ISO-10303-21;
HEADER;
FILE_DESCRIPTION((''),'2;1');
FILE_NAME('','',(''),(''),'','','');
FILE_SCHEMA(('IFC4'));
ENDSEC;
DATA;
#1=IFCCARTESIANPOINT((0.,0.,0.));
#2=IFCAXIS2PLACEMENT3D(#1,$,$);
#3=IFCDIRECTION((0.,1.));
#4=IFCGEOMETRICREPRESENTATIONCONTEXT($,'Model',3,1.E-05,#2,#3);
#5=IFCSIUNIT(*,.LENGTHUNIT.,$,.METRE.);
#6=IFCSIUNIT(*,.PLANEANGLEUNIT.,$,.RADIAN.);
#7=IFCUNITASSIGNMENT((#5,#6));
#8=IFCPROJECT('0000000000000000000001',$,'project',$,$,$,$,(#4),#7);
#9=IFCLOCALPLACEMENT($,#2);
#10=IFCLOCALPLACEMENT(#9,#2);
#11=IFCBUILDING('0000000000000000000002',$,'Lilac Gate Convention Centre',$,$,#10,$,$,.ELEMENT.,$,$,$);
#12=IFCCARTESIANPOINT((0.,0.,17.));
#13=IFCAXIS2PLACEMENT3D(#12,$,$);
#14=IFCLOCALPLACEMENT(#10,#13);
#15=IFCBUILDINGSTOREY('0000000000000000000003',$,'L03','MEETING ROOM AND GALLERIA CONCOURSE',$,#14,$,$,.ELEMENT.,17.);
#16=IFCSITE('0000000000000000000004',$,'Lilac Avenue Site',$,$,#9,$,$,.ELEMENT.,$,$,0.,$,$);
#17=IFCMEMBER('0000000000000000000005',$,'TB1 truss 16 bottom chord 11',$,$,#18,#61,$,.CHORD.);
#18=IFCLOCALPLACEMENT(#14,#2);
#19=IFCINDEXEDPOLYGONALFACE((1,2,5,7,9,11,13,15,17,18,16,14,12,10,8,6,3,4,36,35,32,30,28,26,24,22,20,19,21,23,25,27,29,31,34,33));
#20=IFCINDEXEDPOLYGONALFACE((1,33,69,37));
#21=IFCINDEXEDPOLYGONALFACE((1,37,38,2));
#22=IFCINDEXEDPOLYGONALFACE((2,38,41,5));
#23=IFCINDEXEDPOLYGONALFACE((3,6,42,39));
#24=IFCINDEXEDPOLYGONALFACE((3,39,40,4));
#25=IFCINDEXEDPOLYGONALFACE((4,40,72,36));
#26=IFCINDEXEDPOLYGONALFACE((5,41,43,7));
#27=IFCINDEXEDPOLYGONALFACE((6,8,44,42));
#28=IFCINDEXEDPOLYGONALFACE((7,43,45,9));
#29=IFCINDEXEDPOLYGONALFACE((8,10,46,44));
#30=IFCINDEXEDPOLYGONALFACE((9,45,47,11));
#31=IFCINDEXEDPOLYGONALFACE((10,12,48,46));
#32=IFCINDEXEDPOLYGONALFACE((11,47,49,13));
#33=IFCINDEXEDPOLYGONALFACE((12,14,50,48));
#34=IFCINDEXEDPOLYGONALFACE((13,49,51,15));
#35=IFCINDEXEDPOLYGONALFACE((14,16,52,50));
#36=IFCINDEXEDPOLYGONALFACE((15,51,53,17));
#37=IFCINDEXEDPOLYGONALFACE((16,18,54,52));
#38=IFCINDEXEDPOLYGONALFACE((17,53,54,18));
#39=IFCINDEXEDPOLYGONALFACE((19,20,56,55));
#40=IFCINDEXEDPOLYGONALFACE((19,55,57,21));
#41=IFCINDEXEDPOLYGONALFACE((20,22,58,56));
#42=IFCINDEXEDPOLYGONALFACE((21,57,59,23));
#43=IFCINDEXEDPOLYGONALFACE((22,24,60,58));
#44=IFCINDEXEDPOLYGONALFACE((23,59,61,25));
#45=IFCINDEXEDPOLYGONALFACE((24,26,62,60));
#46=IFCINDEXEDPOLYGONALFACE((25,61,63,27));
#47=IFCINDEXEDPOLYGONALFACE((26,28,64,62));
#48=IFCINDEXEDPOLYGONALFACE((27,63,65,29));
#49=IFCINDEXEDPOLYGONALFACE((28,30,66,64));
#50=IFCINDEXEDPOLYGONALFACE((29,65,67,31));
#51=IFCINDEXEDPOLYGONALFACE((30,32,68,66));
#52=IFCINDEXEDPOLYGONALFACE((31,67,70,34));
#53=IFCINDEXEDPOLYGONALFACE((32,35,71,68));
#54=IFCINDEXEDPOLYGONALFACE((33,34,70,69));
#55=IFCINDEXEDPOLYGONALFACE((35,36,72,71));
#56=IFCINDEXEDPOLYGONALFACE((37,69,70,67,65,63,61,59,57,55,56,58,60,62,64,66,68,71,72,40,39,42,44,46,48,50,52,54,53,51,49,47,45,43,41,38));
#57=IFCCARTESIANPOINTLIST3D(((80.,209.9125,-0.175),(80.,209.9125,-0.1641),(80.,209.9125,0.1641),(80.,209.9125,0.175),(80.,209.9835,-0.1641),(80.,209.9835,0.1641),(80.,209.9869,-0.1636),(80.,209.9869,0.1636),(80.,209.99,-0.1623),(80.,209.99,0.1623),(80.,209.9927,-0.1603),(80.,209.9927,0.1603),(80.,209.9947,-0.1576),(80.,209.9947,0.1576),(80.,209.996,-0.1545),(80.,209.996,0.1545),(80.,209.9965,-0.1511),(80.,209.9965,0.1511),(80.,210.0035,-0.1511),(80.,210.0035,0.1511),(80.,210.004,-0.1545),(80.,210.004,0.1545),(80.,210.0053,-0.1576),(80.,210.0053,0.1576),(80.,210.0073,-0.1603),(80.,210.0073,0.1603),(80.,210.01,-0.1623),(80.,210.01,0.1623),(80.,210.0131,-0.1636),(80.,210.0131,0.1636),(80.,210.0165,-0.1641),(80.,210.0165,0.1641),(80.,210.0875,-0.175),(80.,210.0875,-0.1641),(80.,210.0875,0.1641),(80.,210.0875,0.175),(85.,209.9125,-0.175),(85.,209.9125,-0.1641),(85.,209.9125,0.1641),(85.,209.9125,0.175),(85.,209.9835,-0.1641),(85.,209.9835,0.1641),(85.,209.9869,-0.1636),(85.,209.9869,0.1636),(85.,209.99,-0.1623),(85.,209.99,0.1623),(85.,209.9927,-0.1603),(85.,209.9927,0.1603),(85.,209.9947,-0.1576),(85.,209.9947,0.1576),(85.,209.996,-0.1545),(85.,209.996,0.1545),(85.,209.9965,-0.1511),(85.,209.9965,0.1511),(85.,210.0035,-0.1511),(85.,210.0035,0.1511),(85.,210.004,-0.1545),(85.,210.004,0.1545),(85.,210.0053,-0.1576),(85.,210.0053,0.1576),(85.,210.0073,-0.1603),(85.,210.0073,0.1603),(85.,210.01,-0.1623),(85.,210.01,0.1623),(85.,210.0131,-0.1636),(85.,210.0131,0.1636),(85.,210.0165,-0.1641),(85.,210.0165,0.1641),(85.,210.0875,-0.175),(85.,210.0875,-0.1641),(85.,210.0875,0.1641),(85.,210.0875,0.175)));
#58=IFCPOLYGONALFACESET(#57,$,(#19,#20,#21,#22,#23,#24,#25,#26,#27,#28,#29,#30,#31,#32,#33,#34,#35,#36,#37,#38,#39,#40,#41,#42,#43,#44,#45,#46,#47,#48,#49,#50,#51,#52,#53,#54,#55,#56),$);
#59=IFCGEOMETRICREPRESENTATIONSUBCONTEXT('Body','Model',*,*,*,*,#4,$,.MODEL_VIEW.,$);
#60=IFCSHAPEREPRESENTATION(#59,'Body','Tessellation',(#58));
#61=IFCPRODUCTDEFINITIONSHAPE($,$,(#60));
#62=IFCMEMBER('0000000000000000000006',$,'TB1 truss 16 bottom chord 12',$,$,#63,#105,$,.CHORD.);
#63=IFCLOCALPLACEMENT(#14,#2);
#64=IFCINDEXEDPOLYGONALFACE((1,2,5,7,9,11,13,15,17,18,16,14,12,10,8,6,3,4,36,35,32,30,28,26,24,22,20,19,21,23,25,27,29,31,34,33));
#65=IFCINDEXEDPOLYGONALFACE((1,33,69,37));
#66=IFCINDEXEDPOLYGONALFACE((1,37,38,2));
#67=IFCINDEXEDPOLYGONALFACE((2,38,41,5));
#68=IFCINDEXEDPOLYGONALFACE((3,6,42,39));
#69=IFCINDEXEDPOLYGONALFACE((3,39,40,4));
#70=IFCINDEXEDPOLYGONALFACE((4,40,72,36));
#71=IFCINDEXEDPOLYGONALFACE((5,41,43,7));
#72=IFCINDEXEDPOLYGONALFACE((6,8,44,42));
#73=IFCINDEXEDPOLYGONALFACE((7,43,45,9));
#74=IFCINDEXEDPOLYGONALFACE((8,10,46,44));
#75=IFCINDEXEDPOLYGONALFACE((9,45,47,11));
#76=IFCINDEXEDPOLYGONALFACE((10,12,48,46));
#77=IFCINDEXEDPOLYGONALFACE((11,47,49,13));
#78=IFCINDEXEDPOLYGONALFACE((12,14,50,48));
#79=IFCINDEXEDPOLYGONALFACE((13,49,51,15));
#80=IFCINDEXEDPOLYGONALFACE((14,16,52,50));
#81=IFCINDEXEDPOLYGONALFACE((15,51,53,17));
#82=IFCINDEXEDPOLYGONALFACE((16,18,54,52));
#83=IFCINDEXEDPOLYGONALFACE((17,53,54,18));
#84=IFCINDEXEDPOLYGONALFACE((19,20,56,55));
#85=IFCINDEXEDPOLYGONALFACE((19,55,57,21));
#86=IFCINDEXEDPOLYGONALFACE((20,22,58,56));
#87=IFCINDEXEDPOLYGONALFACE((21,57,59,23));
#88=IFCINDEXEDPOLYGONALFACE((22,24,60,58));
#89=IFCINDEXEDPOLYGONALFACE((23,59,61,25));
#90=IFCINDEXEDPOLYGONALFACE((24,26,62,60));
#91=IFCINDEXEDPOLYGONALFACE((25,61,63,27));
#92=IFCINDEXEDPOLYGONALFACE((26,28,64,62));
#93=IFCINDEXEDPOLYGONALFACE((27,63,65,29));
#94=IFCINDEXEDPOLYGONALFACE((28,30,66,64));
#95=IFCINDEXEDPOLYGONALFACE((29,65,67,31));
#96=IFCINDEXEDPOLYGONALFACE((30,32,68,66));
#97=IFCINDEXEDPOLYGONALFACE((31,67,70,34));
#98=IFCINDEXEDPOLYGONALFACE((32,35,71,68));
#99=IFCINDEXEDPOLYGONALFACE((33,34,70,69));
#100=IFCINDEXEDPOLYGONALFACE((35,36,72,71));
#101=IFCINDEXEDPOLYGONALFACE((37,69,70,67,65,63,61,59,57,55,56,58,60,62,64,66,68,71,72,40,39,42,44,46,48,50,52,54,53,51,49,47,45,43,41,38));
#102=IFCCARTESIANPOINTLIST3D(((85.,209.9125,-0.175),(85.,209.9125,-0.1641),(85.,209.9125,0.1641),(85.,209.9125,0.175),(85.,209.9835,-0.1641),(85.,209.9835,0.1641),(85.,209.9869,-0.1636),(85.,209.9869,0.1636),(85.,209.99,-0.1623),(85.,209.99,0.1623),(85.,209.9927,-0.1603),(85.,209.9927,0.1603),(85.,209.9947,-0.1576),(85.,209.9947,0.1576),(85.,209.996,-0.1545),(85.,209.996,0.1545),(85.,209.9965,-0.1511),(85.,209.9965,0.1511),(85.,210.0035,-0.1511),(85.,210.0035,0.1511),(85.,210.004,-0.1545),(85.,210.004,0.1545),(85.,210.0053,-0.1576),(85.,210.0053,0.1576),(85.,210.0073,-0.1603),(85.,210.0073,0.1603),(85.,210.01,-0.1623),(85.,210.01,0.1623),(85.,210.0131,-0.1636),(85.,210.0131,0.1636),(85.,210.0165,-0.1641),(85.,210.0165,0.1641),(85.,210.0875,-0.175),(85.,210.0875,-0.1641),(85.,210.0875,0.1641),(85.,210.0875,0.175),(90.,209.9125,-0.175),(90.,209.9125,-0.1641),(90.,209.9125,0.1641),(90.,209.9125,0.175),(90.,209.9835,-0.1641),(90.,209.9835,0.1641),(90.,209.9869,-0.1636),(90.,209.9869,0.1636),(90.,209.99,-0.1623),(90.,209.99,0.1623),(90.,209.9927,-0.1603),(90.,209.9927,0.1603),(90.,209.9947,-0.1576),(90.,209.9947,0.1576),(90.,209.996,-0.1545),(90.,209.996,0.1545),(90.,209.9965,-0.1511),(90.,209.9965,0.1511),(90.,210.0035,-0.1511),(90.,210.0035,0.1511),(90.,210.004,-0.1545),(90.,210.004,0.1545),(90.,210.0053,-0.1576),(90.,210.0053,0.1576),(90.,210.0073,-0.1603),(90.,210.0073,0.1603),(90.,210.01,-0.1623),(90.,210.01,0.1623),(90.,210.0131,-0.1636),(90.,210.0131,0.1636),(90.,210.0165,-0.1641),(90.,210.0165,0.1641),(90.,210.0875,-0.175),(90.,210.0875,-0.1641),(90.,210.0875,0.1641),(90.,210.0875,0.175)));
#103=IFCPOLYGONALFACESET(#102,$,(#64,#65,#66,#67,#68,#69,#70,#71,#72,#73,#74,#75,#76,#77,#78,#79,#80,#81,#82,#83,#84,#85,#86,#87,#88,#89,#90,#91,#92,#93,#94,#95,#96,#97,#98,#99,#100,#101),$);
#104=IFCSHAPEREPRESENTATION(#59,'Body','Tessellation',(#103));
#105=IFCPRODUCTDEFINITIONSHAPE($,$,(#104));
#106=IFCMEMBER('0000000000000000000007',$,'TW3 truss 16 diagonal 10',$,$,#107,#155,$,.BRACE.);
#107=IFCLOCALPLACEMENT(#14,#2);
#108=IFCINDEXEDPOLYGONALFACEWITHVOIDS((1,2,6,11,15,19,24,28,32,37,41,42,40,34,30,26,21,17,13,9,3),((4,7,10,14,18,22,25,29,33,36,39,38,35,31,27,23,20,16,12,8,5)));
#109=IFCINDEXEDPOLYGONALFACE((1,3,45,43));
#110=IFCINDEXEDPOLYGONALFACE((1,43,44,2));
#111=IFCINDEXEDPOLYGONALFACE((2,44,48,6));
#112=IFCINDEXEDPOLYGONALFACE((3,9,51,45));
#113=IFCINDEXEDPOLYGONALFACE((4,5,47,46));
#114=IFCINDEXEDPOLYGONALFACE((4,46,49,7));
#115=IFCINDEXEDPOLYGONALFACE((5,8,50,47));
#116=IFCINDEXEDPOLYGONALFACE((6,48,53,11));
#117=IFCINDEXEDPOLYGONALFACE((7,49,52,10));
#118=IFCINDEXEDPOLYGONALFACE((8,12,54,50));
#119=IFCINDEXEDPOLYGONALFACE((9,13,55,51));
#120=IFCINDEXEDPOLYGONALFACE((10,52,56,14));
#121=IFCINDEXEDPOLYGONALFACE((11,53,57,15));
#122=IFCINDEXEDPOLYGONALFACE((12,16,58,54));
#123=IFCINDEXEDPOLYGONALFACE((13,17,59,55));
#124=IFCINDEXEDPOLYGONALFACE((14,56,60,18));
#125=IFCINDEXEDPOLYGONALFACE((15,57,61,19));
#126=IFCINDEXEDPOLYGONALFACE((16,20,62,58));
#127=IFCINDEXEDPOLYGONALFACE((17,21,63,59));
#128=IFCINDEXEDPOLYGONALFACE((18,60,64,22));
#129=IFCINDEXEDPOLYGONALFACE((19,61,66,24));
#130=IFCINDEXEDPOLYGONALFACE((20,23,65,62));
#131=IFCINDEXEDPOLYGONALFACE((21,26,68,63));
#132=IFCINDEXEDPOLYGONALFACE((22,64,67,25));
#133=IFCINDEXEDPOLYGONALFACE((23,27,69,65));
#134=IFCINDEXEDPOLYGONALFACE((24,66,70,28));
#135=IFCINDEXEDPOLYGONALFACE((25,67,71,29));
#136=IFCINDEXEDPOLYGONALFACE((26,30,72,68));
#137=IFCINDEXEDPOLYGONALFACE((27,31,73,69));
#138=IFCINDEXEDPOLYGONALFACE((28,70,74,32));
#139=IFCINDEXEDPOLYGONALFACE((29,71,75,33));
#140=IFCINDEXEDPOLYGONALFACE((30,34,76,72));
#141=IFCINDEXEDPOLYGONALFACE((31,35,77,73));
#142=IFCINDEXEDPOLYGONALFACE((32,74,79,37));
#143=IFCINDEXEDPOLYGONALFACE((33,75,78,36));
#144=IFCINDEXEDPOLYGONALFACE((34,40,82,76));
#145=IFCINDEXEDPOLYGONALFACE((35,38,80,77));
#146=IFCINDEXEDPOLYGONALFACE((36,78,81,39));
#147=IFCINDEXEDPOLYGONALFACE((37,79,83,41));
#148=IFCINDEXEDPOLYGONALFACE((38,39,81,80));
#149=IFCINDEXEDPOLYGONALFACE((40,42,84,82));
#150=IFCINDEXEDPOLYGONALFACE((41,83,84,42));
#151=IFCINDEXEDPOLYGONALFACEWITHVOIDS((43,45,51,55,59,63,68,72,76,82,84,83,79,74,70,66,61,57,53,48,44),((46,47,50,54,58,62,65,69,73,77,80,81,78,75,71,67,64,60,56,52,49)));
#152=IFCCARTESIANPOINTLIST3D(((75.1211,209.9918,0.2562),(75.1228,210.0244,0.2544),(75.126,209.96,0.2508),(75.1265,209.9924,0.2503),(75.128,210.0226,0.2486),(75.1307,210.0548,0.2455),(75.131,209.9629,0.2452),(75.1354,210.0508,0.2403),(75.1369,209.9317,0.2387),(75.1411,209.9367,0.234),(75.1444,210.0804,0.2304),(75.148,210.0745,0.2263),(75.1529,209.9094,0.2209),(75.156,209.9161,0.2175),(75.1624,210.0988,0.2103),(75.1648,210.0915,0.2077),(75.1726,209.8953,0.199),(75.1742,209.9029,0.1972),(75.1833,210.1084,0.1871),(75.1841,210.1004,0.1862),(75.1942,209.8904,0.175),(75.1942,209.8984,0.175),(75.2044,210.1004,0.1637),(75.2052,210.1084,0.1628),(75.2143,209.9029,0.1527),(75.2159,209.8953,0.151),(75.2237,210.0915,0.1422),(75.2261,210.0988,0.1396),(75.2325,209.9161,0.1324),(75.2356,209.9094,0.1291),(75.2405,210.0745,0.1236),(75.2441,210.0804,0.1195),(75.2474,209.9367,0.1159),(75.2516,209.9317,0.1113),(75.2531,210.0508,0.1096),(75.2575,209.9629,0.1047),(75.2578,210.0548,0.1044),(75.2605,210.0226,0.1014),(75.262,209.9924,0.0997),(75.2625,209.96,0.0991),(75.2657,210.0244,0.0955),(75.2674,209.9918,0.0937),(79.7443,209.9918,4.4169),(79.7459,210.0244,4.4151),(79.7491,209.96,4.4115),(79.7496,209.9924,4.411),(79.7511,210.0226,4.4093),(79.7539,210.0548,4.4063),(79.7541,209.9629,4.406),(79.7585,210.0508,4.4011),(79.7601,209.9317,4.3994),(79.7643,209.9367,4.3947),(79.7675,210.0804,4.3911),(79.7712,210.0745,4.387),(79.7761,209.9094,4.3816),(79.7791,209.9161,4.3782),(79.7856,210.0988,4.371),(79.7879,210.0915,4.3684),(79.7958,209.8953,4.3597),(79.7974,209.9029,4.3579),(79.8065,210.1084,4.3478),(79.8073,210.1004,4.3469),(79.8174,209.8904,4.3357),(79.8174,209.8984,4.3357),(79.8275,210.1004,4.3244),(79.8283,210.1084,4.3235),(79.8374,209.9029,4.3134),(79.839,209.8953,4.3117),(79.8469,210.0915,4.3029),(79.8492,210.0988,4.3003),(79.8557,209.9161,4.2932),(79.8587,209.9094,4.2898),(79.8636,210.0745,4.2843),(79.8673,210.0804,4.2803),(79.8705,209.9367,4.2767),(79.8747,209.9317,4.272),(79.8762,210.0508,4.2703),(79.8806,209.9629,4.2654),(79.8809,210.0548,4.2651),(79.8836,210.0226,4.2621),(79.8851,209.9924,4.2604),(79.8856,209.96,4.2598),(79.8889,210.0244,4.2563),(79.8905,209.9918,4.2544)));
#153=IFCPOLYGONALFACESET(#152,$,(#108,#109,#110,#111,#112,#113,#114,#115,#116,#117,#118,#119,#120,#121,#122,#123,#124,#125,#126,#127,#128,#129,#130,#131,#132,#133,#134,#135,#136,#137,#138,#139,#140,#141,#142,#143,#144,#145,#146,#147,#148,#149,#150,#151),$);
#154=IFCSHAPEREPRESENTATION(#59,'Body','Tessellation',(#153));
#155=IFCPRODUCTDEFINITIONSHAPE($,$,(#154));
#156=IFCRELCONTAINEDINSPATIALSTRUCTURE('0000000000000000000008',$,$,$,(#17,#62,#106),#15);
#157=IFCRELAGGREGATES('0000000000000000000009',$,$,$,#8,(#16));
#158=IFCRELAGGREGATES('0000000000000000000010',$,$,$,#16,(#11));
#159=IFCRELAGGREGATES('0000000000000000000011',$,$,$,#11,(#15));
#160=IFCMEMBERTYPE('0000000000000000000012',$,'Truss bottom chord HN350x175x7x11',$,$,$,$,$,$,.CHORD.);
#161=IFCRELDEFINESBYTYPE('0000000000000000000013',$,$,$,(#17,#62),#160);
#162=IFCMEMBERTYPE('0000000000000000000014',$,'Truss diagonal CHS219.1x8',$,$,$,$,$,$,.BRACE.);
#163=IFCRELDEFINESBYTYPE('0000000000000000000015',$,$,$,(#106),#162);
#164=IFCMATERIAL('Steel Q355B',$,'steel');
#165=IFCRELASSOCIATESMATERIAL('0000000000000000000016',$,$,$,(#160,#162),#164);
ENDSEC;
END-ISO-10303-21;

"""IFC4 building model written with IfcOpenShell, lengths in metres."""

from ifc_helpers import new_model, si_unit, direction, frame, origin, origin_2d, place, context, subcontext, project, spatial, hollow_circle, i_section, extrude, material, material_profile, profile_set, type_object, element, save


model = new_model("IFC4")

# Units and contexts
model_context = context("Model", 3, precision=1e-05, world=origin(), true_north=direction((0.0, 1.0)))
body_context = subcontext(model_context, "Body", "Model", "MODEL_VIEW")
ifc_project = project(units=[si_unit("LENGTHUNIT", "METRE"), si_unit("PLANEANGLEUNIT", "RADIAN")], contexts=[model_context])

# Site, building, storey
site_placement = place(None, origin())
site = spatial("IfcSite", under=ifc_project, at=site_placement, Name="Lilac Avenue Site", CompositionType="ELEMENT", RefElevation=0.0)
building_placement = place(site_placement, origin())
building = spatial("IfcBuilding", under=site, at=building_placement, Name="Lilac Gate Convention Centre", CompositionType="ELEMENT")
storey_placement = place(building_placement, frame((0.0, 0.0, 17.0)))
storey = spatial("IfcBuildingStorey", under=building, at=storey_placement, Name="L03", Description="MEETING ROOM AND GALLERIA CONCOURSE", CompositionType="ELEMENT", Elevation=17.0)

# Members
ifc_material_1 = material(Name="Steel Q355B", Category="steel")
ifc_material_profile_1 = material_profile(ifc_material_1, i_section(OverallWidth=0.175, OverallDepth=0.3501, WebThickness=0.0071, FlangeThickness=0.011, FilletRadius=0.0129, at=origin_2d()), Name="HN350x175x7x11")
ifc_profile_set_1 = profile_set([ifc_material_profile_1], Name="Steel Q355B")
member_type_1 = type_object("IfcMemberType", Name="Truss bottom chord HN350x175x7x11", PredefinedType="CHORD", material=ifc_profile_set_1)
for number, where, z_axis, x_axis, name in (
    (1, (80.0, 210.0, 0.0), (1.0, 0.0, 0.0), (0.0, 1.0, 0.0), "TB1 truss 16 bottom chord 11"),
    (2, (85.0, 210.0, 0.0), (1.0, 0.0, 0.0), (0.0, 1.0, 0.0), "TB1 truss 16 bottom chord 12"),
):
    element("IfcMember", number, at=place(storey_placement, frame(where, z_axis=z_axis, x_axis=x_axis)), inside=storey, type_object=member_type_1, Name=name, PredefinedType="CHORD", context=body_context, shape_type="SweptSolid", body=[
        extrude(i_section(OverallWidth=0.175, OverallDepth=0.3501, WebThickness=0.0071, FlangeThickness=0.011, FilletRadius=0.0129, at=origin_2d()), origin(), (0.0, 0.0, 1.0), 5.0),
    ])
ifc_material_profile_2 = material_profile(ifc_material_1, hollow_circle(Radius=0.1096, WallThickness=0.0081, at=origin_2d()), Name="CHS219.1x8")
ifc_profile_set_2 = profile_set([ifc_material_profile_2], Name="Steel Q355B")
member_type_2 = type_object("IfcMemberType", Name="Truss diagonal CHS219.1x8", PredefinedType="BRACE", material=ifc_profile_set_2)
member_1_placement = place(storey_placement, frame((79.8174, 210.0, 4.3357), z_axis=(-0.743302, 0.0, -0.668956), x_axis=(0.0, -1.0, 0.0)))
element("IfcMember", 3, at=member_1_placement, inside=storey, type_object=member_type_2, Name="TW3 truss 16 diagonal 10", PredefinedType="BRACE", context=body_context, shape_type="SweptSolid", body=[
    extrude(hollow_circle(Radius=0.1096, WallThickness=0.0081, at=origin_2d()), origin(), (0.0, 0.0, 1.0), 6.2197),
])

save(model, "model.ifc")
